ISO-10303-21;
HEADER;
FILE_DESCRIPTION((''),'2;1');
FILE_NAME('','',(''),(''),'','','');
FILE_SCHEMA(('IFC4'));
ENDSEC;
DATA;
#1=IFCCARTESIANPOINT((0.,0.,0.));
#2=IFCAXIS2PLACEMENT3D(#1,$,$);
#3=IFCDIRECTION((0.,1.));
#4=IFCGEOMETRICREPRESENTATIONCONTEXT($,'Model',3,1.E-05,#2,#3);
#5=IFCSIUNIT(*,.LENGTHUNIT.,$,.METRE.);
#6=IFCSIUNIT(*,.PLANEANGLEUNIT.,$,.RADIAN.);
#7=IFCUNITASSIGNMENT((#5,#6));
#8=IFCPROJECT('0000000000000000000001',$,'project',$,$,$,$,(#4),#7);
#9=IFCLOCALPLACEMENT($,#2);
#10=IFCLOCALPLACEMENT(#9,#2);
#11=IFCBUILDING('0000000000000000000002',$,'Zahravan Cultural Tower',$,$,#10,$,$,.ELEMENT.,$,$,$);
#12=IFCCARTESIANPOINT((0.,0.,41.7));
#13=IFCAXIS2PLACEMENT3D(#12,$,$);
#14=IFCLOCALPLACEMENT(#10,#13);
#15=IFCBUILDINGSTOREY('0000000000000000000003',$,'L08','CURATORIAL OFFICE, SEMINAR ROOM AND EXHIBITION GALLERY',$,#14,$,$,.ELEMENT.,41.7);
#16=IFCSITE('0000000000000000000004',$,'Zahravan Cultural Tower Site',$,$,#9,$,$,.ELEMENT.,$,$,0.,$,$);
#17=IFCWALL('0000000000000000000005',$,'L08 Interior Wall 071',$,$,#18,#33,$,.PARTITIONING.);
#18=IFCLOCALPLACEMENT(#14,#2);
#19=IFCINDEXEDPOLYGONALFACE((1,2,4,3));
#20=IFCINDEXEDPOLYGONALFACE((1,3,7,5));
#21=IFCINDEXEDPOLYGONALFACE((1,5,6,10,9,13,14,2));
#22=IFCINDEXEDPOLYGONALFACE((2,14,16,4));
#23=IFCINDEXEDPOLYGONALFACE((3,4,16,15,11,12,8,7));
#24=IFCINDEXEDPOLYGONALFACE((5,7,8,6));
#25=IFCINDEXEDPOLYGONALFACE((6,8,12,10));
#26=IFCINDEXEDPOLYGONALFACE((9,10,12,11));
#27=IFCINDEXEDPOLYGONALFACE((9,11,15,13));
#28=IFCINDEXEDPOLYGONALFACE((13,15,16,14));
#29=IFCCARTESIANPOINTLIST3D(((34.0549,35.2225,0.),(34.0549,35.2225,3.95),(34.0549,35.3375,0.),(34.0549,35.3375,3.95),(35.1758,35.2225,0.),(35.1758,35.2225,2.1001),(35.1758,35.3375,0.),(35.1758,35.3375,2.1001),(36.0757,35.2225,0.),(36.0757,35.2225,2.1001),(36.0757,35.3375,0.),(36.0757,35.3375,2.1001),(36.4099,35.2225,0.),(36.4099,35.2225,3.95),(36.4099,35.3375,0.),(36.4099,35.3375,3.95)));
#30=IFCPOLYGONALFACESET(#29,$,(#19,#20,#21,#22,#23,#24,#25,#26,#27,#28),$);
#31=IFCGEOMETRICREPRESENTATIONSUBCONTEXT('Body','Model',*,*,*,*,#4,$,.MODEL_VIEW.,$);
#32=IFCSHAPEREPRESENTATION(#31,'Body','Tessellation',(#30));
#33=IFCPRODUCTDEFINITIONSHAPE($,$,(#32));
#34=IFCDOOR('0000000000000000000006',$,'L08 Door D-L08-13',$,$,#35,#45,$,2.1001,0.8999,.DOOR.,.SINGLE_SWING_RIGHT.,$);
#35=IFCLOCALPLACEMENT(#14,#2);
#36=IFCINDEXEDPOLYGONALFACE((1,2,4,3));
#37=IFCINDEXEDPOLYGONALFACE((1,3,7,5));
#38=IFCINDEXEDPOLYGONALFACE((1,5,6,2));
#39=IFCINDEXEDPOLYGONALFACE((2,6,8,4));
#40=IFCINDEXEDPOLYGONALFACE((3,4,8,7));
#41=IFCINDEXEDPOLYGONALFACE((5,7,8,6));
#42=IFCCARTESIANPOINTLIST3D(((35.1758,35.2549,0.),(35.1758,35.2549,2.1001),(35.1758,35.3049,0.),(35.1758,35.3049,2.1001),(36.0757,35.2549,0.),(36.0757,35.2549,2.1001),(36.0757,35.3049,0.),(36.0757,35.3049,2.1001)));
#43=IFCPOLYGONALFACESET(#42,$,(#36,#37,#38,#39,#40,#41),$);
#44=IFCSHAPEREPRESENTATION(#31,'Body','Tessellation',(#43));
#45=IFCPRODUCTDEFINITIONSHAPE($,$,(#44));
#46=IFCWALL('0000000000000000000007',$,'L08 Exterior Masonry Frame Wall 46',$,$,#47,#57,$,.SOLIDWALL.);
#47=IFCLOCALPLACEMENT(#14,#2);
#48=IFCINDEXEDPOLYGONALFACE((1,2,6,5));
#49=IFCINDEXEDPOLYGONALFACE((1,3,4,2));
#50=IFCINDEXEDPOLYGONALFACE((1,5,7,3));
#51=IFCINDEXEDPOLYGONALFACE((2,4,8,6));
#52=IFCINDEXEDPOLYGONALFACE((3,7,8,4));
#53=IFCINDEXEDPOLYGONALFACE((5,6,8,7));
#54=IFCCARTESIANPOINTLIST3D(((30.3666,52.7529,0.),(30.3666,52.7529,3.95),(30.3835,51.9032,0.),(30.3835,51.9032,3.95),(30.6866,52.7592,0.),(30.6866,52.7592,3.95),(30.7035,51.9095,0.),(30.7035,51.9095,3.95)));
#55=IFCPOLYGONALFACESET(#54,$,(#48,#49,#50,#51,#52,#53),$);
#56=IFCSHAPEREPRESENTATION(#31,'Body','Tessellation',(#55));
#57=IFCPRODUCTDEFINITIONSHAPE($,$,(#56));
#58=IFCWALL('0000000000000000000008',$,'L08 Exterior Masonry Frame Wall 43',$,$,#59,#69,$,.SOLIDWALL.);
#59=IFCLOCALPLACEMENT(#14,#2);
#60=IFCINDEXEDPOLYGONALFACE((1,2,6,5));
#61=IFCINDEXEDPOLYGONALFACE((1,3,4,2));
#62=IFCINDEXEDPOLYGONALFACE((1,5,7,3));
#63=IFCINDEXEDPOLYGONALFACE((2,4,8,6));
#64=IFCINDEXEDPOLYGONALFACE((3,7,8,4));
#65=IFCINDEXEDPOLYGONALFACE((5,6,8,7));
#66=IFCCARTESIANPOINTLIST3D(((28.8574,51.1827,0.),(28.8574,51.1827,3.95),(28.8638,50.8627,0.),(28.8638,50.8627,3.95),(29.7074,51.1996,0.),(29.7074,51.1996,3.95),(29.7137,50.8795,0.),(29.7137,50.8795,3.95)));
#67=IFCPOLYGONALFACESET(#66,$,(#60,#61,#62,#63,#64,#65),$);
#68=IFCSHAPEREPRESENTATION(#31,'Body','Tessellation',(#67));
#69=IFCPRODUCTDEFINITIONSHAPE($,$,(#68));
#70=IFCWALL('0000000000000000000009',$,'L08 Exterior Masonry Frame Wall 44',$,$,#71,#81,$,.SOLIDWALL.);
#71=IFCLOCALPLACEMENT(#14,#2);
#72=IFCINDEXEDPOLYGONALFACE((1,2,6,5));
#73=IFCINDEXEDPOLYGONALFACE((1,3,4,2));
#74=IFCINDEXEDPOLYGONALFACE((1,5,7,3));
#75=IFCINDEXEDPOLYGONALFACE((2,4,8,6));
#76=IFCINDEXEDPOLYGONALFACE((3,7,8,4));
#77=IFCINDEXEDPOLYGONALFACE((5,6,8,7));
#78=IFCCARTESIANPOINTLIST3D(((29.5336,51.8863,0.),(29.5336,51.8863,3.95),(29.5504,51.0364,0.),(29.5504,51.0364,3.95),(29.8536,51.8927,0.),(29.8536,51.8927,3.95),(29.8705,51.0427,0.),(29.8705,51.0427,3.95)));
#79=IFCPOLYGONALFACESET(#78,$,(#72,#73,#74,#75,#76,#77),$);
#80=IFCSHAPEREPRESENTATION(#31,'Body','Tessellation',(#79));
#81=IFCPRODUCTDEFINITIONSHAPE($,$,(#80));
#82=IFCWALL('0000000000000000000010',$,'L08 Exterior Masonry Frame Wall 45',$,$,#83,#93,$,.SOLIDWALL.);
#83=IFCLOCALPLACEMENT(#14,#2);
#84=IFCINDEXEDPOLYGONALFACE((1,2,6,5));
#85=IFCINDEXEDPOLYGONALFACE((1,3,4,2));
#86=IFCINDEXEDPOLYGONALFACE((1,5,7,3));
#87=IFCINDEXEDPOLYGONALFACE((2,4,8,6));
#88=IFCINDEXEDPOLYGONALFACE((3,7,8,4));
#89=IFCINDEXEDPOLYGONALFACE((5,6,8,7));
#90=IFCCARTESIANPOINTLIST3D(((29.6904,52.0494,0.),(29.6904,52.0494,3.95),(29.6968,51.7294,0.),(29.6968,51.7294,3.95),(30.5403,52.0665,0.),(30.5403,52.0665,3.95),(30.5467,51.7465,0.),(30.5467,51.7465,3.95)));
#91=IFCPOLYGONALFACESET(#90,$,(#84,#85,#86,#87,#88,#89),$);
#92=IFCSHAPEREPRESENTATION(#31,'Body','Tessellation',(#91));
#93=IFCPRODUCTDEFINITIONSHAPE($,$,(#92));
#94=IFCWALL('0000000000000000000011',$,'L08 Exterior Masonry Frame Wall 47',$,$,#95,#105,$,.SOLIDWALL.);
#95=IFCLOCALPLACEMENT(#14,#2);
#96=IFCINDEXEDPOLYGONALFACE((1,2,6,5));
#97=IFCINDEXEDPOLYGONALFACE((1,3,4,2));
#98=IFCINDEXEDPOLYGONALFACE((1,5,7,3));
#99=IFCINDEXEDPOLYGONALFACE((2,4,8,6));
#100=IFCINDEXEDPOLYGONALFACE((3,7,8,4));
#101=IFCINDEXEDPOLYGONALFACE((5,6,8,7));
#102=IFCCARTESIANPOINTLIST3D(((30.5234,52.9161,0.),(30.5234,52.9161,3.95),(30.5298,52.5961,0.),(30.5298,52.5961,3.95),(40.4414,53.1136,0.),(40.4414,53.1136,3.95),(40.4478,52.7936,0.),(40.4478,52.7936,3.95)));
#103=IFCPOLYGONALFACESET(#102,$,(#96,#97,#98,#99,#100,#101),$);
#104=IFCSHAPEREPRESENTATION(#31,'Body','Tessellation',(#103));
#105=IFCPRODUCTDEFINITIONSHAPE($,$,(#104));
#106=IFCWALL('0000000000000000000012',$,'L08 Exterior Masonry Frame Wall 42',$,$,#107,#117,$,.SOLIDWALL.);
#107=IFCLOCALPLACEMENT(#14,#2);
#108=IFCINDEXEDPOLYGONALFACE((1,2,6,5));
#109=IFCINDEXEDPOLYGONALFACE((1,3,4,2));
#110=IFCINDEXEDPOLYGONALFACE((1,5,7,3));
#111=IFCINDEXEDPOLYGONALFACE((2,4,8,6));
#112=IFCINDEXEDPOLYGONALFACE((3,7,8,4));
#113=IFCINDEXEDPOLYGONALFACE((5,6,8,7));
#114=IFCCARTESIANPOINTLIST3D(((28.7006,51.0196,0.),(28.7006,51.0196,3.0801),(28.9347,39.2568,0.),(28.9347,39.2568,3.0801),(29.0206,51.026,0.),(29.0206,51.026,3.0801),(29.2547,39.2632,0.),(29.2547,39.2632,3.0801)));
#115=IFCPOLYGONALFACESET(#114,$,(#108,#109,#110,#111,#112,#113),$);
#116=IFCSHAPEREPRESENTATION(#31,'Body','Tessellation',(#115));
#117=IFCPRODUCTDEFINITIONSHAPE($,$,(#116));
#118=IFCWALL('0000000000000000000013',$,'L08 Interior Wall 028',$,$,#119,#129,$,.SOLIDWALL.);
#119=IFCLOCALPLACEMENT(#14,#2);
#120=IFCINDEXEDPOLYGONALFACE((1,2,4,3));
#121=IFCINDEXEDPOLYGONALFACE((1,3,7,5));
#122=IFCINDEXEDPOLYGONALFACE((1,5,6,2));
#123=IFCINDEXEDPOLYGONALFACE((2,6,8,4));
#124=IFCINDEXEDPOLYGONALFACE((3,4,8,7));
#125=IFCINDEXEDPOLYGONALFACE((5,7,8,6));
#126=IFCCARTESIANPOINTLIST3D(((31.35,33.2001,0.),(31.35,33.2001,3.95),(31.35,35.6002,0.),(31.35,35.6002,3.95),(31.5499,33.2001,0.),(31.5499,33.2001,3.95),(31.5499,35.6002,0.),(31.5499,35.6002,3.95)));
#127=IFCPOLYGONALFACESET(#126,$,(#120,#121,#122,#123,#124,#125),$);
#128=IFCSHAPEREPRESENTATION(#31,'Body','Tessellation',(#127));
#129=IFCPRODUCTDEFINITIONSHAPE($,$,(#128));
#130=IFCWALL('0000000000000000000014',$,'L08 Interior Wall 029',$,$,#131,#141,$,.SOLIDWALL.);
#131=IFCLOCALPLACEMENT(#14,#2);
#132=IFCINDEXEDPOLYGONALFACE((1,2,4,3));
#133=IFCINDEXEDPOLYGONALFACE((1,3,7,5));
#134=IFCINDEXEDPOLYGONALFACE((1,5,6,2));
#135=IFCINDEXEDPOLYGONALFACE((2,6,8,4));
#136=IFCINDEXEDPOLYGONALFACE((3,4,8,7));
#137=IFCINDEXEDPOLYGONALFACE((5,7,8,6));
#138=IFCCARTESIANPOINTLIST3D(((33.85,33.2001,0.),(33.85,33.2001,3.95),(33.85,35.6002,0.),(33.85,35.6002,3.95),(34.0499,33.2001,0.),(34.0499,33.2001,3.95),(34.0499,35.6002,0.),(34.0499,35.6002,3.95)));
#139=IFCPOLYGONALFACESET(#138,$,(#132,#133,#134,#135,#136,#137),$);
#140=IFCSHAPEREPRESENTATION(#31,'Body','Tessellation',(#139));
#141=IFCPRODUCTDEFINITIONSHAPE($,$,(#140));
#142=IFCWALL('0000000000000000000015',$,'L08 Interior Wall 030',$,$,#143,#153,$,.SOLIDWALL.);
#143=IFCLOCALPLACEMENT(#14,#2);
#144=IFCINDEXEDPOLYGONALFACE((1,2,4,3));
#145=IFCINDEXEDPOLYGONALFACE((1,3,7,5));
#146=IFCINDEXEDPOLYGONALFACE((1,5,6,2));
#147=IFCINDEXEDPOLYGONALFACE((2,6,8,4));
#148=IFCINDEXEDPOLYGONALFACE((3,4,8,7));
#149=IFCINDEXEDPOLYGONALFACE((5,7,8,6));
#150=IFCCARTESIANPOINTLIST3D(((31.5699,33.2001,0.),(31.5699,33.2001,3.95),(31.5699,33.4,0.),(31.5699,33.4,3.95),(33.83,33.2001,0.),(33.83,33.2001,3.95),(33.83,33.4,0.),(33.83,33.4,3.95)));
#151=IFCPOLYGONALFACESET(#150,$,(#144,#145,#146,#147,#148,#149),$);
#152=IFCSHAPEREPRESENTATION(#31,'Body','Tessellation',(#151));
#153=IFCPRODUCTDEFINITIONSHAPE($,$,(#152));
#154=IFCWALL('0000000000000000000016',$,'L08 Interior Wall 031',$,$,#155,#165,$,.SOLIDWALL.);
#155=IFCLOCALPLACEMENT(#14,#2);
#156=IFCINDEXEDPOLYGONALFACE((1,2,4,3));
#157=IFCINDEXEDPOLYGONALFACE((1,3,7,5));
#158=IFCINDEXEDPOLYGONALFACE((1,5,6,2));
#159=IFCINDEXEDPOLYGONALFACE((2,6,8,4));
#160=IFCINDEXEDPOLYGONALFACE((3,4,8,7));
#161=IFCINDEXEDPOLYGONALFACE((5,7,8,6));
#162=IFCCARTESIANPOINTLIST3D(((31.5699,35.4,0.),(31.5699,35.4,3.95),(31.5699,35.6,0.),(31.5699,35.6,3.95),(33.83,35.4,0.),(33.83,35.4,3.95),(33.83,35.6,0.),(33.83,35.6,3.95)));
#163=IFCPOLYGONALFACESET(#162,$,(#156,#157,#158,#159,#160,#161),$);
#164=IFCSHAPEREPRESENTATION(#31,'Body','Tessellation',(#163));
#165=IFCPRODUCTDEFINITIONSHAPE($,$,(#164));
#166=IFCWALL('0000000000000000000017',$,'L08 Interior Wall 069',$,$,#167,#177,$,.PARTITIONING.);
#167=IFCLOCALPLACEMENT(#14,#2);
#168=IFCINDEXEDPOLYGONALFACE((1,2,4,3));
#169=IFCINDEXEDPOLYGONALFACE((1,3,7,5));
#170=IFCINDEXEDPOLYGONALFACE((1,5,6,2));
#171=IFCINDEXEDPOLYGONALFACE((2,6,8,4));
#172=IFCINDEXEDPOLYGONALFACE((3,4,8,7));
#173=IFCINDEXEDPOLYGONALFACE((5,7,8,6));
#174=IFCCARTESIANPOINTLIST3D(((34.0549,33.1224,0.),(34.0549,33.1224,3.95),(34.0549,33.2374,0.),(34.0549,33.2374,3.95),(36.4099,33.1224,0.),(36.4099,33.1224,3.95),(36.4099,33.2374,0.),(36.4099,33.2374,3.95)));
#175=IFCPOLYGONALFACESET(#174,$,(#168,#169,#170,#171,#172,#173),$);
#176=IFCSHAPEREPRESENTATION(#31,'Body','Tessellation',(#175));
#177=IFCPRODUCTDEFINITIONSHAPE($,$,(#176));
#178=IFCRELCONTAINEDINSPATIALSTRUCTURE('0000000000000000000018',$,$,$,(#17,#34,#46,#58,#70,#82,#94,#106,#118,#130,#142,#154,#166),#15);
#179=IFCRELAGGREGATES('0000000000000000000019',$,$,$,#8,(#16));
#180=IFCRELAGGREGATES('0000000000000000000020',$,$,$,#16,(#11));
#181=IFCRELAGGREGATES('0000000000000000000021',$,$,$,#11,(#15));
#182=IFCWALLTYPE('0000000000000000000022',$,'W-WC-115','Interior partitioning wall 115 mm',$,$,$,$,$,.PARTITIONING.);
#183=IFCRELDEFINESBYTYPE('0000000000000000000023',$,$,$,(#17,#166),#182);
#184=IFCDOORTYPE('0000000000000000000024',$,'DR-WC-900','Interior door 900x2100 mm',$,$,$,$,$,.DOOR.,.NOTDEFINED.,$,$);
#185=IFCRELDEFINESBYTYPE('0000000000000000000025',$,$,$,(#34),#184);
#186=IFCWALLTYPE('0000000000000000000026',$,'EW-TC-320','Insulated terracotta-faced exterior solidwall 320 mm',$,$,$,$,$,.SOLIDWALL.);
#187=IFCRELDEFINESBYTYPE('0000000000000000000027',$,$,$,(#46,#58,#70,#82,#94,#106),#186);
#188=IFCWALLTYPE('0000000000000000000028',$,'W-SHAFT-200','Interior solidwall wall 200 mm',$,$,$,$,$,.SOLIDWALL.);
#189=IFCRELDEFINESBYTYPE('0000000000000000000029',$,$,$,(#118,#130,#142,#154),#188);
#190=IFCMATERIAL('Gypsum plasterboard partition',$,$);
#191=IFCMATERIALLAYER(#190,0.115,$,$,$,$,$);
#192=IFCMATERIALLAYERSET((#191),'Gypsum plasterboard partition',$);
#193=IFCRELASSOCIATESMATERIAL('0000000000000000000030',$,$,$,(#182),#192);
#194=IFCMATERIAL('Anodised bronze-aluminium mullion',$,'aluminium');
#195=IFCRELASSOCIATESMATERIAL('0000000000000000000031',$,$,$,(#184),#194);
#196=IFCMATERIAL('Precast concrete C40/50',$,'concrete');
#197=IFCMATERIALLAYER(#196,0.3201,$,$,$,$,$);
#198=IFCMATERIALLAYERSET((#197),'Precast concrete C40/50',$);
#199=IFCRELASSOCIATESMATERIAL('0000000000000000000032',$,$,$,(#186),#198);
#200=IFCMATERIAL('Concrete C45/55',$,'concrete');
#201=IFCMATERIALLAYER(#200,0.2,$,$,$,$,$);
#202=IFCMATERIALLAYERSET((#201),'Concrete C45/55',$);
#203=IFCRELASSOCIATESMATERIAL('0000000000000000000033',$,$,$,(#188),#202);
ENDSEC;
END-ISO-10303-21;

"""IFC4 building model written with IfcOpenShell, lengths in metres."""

from ifc_helpers import new_model, si_unit, direction, frame, frame_2d, origin, place, context, subcontext, project, spatial, rectangle, extrude, source, transform, mapped, material, layer, layer_set, type_object, element, fill, save


model = new_model("IFC4")

# Units and contexts
model_context = context("Model", 3, precision=1e-05, world=origin(), true_north=direction((0.0, 1.0)))
body_context = subcontext(model_context, "Body", "Model", "MODEL_VIEW")
ifc_project = project(units=[si_unit("LENGTHUNIT", "METRE"), si_unit("PLANEANGLEUNIT", "RADIAN")], contexts=[model_context])

# Site, building, storey
site_placement = place(None, origin())
site = spatial("IfcSite", under=ifc_project, at=site_placement, Name="Zahravan Cultural Tower Site", CompositionType="ELEMENT", RefElevation=0.0)
building_placement = place(site_placement, origin())
building = spatial("IfcBuilding", under=site, at=building_placement, Name="Zahravan Cultural Tower", CompositionType="ELEMENT")
storey_placement = place(building_placement, frame((0.0, 0.0, 41.7)))
storey = spatial("IfcBuildingStorey", under=building, at=storey_placement, Name="L08", Description="CURATORIAL OFFICE, SEMINAR ROOM AND EXHIBITION GALLERY", CompositionType="ELEMENT", Elevation=41.7)

# Wall, opening, door
ifc_material_1 = material(Name="Gypsum plasterboard partition")
ifc_layer_1 = layer(ifc_material_1, 0.115)
ifc_layer_set_1 = layer_set([ifc_layer_1], Name="Gypsum plasterboard partition")
wall_type_1 = type_object("IfcWallType", Name="W-WC-115", Description="Interior partitioning wall 115 mm", PredefinedType="PARTITIONING", material=ifc_layer_set_1)
wall_1_placement = place(storey_placement, frame((34.0549, 35.28, 0.0), z_axis=(0.0, 0.0, 1.0), x_axis=(1.0, 0.0, 0.0)))
wall_1 = element("IfcWall", 1, at=wall_1_placement, inside=storey, type_object=wall_type_1, Name="L08 Interior Wall 071", PredefinedType="PARTITIONING", context=body_context, shape_type="SweptSolid", body=[
    extrude(rectangle(XDim=2.355, YDim=0.115, at=frame_2d((1.1775, 0.0))), origin(), (0.0, 0.0, 1.0), 3.95),
])
opening_placement = place(wall_1_placement, frame((1.1208, 0.0, 0.0)))
opening = element("IfcOpeningElement", 2, at=opening_placement, cuts=wall_1, PredefinedType="OPENING", context=body_context, shape_type="SweptSolid", body=[
    extrude(rectangle(XDim=0.8999, YDim=2.1001, at=frame_2d((0.45, 1.05))), frame((0.0, 0.0674, 0.0), z_axis=(0.0, -1.0, 0.0), x_axis=(1.0, 0.0, 0.0)), (0.0, 0.0, 1.0), 0.135),
])
ifc_material_2 = material(Name="Anodised bronze-aluminium mullion", Category="aluminium")
door_type = type_object("IfcDoorType", Name="DR-WC-900", Description="Interior door 900x2100 mm", OperationType="NOTDEFINED", PredefinedType="DOOR", material=ifc_material_2)
shared_shape_1 = source(origin(), body_context, "Body", "SweptSolid", [
    extrude(rectangle(XDim=0.8999, YDim=2.1001, at=frame_2d((0.45, 1.05))), frame((0.0, 0.0249, 0.0), z_axis=(0.0, -1.0, 0.0), x_axis=(1.0, 0.0, 0.0)), (0.0, 0.0, 1.0), 0.05),
])
door_placement = place(opening_placement, origin())
door = element("IfcDoor", 3, at=door_placement, inside=storey, type_object=door_type, Name="L08 Door D-L08-13", OperationType="SINGLE_SWING_RIGHT", OverallHeight=2.1001, OverallWidth=0.8999, PredefinedType="DOOR", context=body_context, shape_type="MappedRepresentation", body=[
    mapped(shared_shape_1, transform((0.0, 0.0, 0.0), x_axis=(1.0, 0.0, 0.0), y_axis=(0.0, 1.0, 0.0), z_axis=(0.0, 0.0, 1.0), scale=1.0)),
])
fill(opening, door)

# Walls
ifc_material_3 = material(Name="Precast concrete C40/50", Category="concrete")
ifc_layer_2 = layer(ifc_material_3, 0.3201)
ifc_layer_set_2 = layer_set([ifc_layer_2], Name="Precast concrete C40/50")
wall_type_2 = type_object("IfcWallType", Name="EW-TC-320", Description="Insulated terracotta-faced exterior solidwall 320 mm", PredefinedType="SOLIDWALL", material=ifc_layer_set_2)
shared_shape_2 = source(origin(), body_context, "Body", "SweptSolid", [
    extrude(rectangle(XDim=0.8499, YDim=0.3201, at=frame_2d((0.4248, 0.0))), origin(), (0.0, 0.0, 1.0), 3.95),
])
wall_2_placement = place(storey_placement, frame((30.5435, 51.9065, 0.0), z_axis=(0.0, 0.0, 1.0), x_axis=(-0.019824, 0.999803, 0.0)))
element("IfcWall", 4, at=wall_2_placement, inside=storey, type_object=wall_type_2, Name="L08 Exterior Masonry Frame Wall 46", PredefinedType="SOLIDWALL", context=body_context, shape_type="MappedRepresentation", body=[
    mapped(shared_shape_2, transform((0.0, 0.0, 0.0), x_axis=(1.0, 0.0, 0.0), y_axis=(0.0, 1.0, 0.0), z_axis=(0.0, 0.0, 1.0), scale=1.0)),
])
shared_shape_3 = source(origin(), body_context, "Body", "SweptSolid", [
    extrude(rectangle(XDim=0.8501, YDim=0.3201, at=frame_2d((0.425, 0.0))), origin(), (0.0, 0.0, 1.0), 3.95),
])
for number, where, z_axis, x_axis, name in (
    (5, (28.8606, 51.0227, 0.0), (0.0, 0.0, 1.0), (0.999804, 0.019818, 0.0), "L08 Exterior Masonry Frame Wall 43"),
    (6, (29.7104, 51.0396, 0.0), (0.0, 0.0, 1.0), (-0.019818, 0.999804, 0.0), "L08 Exterior Masonry Frame Wall 44"),
    (7, (29.6936, 51.8894, 0.0), (0.0, 0.0, 1.0), (0.999798, 0.020105, 0.0), "L08 Exterior Masonry Frame Wall 45"),
):
    element("IfcWall", number, at=place(storey_placement, frame(where, z_axis=z_axis, x_axis=x_axis)), inside=storey, type_object=wall_type_2, Name=name, PredefinedType="SOLIDWALL", context=body_context, shape_type="MappedRepresentation", body=[
        mapped(shared_shape_3, transform((0.0, 0.0, 0.0), x_axis=(1.0, 0.0, 0.0), y_axis=(0.0, 1.0, 0.0), z_axis=(0.0, 0.0, 1.0), scale=1.0)),
    ])
shared_shape_4 = source(origin(), body_context, "Body", "SweptSolid", [
    extrude(rectangle(XDim=9.9199, YDim=0.3201, at=frame_2d((4.96, 0.0))), origin(), (0.0, 0.0, 1.0), 3.95),
])
wall_3_placement = place(storey_placement, frame((30.5266, 52.7561, 0.0), z_axis=(0.0, 0.0, 1.0), x_axis=(0.999802, 0.01991, 0.0)))
element("IfcWall", 8, at=wall_3_placement, inside=storey, type_object=wall_type_2, Name="L08 Exterior Masonry Frame Wall 47", PredefinedType="SOLIDWALL", context=body_context, shape_type="MappedRepresentation", body=[
    mapped(shared_shape_4, transform((0.0, 0.0, 0.0), x_axis=(1.0, 0.0, 0.0), y_axis=(0.0, 1.0, 0.0), z_axis=(0.0, 0.0, 1.0), scale=1.0)),
])
shared_shape_5 = source(origin(), body_context, "Body", "SweptSolid", [
    extrude(rectangle(XDim=11.7651, YDim=0.3201, at=frame_2d((5.8826, 0.0))), origin(), (0.0, 0.0, 1.0), 3.0801),
])
wall_4_placement = place(storey_placement, frame((29.0947, 39.26, 0.0), z_axis=(0.0, 0.0, 1.0), x_axis=(-0.019901, 0.999802, 0.0)))
element("IfcWall", 9, at=wall_4_placement, inside=storey, type_object=wall_type_2, Name="L08 Exterior Masonry Frame Wall 42", PredefinedType="SOLIDWALL", context=body_context, shape_type="MappedRepresentation", body=[
    mapped(shared_shape_5, transform((0.0, 0.0, 0.0), x_axis=(1.0, 0.0, 0.0), y_axis=(0.0, 1.0, 0.0), z_axis=(0.0, 0.0, 1.0), scale=1.0)),
])
ifc_material_4 = material(Name="Concrete C45/55", Category="concrete")
ifc_layer_3 = layer(ifc_material_4, 0.2)
ifc_layer_set_3 = layer_set([ifc_layer_3], Name="Concrete C45/55")
wall_type_3 = type_object("IfcWallType", Name="W-SHAFT-200", Description="Interior solidwall wall 200 mm", PredefinedType="SOLIDWALL", material=ifc_layer_set_3)
shared_shape_6 = source(origin(), body_context, "Body", "SweptSolid", [
    extrude(rectangle(XDim=2.4001, YDim=0.2, at=frame_2d((1.2002, 0.0))), origin(), (0.0, 0.0, 1.0), 3.95),
])
for number, where, z_axis, x_axis, name in (
    (10, (31.45, 33.2, 0.0), (0.0, 0.0, 1.0), (0.0, 1.0, 0.0), "L08 Interior Wall 028"),
    (11, (33.95, 33.2, 0.0), (0.0, 0.0, 1.0), (0.0, 1.0, 0.0), "L08 Interior Wall 029"),
):
    element("IfcWall", number, at=place(storey_placement, frame(where, z_axis=z_axis, x_axis=x_axis)), inside=storey, type_object=wall_type_3, Name=name, PredefinedType="SOLIDWALL", context=body_context, shape_type="MappedRepresentation", body=[
        mapped(shared_shape_6, transform((0.0, 0.0, 0.0), x_axis=(1.0, 0.0, 0.0), y_axis=(0.0, 1.0, 0.0), z_axis=(0.0, 0.0, 1.0), scale=1.0)),
    ])
shared_shape_7 = source(origin(), body_context, "Body", "SweptSolid", [
    extrude(rectangle(XDim=2.26, YDim=0.2, at=frame_2d((1.1299, 0.0))), origin(), (0.0, 0.0, 1.0), 3.95),
])
for number, where, z_axis, x_axis, name in (
    (12, (31.5701, 33.3, 0.0), (0.0, 0.0, 1.0), (1.0, 0.0, 0.0), "L08 Interior Wall 030"),
    (13, (31.5701, 35.5, 0.0), (0.0, 0.0, 1.0), (1.0, 0.0, 0.0), "L08 Interior Wall 031"),
):
    element("IfcWall", number, at=place(storey_placement, frame(where, z_axis=z_axis, x_axis=x_axis)), inside=storey, type_object=wall_type_3, Name=name, PredefinedType="SOLIDWALL", context=body_context, shape_type="MappedRepresentation", body=[
        mapped(shared_shape_7, transform((0.0, 0.0, 0.0), x_axis=(1.0, 0.0, 0.0), y_axis=(0.0, 1.0, 0.0), z_axis=(0.0, 0.0, 1.0), scale=1.0)),
    ])
shared_shape_8 = source(origin(), body_context, "Body", "SweptSolid", [
    extrude(rectangle(XDim=2.355, YDim=0.115, at=frame_2d((1.1775, 0.0))), origin(), (0.0, 0.0, 1.0), 3.95),
])
wall_5_placement = place(storey_placement, frame((34.0549, 33.1799, 0.0), z_axis=(0.0, 0.0, 1.0), x_axis=(1.0, 0.0, 0.0)))
element("IfcWall", 14, at=wall_5_placement, inside=storey, type_object=wall_type_1, Name="L08 Interior Wall 069", PredefinedType="PARTITIONING", context=body_context, shape_type="MappedRepresentation", body=[
    mapped(shared_shape_8, transform((0.0, 0.0, 0.0), x_axis=(1.0, 0.0, 0.0), y_axis=(0.0, 1.0, 0.0), z_axis=(0.0, 0.0, 1.0), scale=1.0)),
])

save(model, "model.ifc")
